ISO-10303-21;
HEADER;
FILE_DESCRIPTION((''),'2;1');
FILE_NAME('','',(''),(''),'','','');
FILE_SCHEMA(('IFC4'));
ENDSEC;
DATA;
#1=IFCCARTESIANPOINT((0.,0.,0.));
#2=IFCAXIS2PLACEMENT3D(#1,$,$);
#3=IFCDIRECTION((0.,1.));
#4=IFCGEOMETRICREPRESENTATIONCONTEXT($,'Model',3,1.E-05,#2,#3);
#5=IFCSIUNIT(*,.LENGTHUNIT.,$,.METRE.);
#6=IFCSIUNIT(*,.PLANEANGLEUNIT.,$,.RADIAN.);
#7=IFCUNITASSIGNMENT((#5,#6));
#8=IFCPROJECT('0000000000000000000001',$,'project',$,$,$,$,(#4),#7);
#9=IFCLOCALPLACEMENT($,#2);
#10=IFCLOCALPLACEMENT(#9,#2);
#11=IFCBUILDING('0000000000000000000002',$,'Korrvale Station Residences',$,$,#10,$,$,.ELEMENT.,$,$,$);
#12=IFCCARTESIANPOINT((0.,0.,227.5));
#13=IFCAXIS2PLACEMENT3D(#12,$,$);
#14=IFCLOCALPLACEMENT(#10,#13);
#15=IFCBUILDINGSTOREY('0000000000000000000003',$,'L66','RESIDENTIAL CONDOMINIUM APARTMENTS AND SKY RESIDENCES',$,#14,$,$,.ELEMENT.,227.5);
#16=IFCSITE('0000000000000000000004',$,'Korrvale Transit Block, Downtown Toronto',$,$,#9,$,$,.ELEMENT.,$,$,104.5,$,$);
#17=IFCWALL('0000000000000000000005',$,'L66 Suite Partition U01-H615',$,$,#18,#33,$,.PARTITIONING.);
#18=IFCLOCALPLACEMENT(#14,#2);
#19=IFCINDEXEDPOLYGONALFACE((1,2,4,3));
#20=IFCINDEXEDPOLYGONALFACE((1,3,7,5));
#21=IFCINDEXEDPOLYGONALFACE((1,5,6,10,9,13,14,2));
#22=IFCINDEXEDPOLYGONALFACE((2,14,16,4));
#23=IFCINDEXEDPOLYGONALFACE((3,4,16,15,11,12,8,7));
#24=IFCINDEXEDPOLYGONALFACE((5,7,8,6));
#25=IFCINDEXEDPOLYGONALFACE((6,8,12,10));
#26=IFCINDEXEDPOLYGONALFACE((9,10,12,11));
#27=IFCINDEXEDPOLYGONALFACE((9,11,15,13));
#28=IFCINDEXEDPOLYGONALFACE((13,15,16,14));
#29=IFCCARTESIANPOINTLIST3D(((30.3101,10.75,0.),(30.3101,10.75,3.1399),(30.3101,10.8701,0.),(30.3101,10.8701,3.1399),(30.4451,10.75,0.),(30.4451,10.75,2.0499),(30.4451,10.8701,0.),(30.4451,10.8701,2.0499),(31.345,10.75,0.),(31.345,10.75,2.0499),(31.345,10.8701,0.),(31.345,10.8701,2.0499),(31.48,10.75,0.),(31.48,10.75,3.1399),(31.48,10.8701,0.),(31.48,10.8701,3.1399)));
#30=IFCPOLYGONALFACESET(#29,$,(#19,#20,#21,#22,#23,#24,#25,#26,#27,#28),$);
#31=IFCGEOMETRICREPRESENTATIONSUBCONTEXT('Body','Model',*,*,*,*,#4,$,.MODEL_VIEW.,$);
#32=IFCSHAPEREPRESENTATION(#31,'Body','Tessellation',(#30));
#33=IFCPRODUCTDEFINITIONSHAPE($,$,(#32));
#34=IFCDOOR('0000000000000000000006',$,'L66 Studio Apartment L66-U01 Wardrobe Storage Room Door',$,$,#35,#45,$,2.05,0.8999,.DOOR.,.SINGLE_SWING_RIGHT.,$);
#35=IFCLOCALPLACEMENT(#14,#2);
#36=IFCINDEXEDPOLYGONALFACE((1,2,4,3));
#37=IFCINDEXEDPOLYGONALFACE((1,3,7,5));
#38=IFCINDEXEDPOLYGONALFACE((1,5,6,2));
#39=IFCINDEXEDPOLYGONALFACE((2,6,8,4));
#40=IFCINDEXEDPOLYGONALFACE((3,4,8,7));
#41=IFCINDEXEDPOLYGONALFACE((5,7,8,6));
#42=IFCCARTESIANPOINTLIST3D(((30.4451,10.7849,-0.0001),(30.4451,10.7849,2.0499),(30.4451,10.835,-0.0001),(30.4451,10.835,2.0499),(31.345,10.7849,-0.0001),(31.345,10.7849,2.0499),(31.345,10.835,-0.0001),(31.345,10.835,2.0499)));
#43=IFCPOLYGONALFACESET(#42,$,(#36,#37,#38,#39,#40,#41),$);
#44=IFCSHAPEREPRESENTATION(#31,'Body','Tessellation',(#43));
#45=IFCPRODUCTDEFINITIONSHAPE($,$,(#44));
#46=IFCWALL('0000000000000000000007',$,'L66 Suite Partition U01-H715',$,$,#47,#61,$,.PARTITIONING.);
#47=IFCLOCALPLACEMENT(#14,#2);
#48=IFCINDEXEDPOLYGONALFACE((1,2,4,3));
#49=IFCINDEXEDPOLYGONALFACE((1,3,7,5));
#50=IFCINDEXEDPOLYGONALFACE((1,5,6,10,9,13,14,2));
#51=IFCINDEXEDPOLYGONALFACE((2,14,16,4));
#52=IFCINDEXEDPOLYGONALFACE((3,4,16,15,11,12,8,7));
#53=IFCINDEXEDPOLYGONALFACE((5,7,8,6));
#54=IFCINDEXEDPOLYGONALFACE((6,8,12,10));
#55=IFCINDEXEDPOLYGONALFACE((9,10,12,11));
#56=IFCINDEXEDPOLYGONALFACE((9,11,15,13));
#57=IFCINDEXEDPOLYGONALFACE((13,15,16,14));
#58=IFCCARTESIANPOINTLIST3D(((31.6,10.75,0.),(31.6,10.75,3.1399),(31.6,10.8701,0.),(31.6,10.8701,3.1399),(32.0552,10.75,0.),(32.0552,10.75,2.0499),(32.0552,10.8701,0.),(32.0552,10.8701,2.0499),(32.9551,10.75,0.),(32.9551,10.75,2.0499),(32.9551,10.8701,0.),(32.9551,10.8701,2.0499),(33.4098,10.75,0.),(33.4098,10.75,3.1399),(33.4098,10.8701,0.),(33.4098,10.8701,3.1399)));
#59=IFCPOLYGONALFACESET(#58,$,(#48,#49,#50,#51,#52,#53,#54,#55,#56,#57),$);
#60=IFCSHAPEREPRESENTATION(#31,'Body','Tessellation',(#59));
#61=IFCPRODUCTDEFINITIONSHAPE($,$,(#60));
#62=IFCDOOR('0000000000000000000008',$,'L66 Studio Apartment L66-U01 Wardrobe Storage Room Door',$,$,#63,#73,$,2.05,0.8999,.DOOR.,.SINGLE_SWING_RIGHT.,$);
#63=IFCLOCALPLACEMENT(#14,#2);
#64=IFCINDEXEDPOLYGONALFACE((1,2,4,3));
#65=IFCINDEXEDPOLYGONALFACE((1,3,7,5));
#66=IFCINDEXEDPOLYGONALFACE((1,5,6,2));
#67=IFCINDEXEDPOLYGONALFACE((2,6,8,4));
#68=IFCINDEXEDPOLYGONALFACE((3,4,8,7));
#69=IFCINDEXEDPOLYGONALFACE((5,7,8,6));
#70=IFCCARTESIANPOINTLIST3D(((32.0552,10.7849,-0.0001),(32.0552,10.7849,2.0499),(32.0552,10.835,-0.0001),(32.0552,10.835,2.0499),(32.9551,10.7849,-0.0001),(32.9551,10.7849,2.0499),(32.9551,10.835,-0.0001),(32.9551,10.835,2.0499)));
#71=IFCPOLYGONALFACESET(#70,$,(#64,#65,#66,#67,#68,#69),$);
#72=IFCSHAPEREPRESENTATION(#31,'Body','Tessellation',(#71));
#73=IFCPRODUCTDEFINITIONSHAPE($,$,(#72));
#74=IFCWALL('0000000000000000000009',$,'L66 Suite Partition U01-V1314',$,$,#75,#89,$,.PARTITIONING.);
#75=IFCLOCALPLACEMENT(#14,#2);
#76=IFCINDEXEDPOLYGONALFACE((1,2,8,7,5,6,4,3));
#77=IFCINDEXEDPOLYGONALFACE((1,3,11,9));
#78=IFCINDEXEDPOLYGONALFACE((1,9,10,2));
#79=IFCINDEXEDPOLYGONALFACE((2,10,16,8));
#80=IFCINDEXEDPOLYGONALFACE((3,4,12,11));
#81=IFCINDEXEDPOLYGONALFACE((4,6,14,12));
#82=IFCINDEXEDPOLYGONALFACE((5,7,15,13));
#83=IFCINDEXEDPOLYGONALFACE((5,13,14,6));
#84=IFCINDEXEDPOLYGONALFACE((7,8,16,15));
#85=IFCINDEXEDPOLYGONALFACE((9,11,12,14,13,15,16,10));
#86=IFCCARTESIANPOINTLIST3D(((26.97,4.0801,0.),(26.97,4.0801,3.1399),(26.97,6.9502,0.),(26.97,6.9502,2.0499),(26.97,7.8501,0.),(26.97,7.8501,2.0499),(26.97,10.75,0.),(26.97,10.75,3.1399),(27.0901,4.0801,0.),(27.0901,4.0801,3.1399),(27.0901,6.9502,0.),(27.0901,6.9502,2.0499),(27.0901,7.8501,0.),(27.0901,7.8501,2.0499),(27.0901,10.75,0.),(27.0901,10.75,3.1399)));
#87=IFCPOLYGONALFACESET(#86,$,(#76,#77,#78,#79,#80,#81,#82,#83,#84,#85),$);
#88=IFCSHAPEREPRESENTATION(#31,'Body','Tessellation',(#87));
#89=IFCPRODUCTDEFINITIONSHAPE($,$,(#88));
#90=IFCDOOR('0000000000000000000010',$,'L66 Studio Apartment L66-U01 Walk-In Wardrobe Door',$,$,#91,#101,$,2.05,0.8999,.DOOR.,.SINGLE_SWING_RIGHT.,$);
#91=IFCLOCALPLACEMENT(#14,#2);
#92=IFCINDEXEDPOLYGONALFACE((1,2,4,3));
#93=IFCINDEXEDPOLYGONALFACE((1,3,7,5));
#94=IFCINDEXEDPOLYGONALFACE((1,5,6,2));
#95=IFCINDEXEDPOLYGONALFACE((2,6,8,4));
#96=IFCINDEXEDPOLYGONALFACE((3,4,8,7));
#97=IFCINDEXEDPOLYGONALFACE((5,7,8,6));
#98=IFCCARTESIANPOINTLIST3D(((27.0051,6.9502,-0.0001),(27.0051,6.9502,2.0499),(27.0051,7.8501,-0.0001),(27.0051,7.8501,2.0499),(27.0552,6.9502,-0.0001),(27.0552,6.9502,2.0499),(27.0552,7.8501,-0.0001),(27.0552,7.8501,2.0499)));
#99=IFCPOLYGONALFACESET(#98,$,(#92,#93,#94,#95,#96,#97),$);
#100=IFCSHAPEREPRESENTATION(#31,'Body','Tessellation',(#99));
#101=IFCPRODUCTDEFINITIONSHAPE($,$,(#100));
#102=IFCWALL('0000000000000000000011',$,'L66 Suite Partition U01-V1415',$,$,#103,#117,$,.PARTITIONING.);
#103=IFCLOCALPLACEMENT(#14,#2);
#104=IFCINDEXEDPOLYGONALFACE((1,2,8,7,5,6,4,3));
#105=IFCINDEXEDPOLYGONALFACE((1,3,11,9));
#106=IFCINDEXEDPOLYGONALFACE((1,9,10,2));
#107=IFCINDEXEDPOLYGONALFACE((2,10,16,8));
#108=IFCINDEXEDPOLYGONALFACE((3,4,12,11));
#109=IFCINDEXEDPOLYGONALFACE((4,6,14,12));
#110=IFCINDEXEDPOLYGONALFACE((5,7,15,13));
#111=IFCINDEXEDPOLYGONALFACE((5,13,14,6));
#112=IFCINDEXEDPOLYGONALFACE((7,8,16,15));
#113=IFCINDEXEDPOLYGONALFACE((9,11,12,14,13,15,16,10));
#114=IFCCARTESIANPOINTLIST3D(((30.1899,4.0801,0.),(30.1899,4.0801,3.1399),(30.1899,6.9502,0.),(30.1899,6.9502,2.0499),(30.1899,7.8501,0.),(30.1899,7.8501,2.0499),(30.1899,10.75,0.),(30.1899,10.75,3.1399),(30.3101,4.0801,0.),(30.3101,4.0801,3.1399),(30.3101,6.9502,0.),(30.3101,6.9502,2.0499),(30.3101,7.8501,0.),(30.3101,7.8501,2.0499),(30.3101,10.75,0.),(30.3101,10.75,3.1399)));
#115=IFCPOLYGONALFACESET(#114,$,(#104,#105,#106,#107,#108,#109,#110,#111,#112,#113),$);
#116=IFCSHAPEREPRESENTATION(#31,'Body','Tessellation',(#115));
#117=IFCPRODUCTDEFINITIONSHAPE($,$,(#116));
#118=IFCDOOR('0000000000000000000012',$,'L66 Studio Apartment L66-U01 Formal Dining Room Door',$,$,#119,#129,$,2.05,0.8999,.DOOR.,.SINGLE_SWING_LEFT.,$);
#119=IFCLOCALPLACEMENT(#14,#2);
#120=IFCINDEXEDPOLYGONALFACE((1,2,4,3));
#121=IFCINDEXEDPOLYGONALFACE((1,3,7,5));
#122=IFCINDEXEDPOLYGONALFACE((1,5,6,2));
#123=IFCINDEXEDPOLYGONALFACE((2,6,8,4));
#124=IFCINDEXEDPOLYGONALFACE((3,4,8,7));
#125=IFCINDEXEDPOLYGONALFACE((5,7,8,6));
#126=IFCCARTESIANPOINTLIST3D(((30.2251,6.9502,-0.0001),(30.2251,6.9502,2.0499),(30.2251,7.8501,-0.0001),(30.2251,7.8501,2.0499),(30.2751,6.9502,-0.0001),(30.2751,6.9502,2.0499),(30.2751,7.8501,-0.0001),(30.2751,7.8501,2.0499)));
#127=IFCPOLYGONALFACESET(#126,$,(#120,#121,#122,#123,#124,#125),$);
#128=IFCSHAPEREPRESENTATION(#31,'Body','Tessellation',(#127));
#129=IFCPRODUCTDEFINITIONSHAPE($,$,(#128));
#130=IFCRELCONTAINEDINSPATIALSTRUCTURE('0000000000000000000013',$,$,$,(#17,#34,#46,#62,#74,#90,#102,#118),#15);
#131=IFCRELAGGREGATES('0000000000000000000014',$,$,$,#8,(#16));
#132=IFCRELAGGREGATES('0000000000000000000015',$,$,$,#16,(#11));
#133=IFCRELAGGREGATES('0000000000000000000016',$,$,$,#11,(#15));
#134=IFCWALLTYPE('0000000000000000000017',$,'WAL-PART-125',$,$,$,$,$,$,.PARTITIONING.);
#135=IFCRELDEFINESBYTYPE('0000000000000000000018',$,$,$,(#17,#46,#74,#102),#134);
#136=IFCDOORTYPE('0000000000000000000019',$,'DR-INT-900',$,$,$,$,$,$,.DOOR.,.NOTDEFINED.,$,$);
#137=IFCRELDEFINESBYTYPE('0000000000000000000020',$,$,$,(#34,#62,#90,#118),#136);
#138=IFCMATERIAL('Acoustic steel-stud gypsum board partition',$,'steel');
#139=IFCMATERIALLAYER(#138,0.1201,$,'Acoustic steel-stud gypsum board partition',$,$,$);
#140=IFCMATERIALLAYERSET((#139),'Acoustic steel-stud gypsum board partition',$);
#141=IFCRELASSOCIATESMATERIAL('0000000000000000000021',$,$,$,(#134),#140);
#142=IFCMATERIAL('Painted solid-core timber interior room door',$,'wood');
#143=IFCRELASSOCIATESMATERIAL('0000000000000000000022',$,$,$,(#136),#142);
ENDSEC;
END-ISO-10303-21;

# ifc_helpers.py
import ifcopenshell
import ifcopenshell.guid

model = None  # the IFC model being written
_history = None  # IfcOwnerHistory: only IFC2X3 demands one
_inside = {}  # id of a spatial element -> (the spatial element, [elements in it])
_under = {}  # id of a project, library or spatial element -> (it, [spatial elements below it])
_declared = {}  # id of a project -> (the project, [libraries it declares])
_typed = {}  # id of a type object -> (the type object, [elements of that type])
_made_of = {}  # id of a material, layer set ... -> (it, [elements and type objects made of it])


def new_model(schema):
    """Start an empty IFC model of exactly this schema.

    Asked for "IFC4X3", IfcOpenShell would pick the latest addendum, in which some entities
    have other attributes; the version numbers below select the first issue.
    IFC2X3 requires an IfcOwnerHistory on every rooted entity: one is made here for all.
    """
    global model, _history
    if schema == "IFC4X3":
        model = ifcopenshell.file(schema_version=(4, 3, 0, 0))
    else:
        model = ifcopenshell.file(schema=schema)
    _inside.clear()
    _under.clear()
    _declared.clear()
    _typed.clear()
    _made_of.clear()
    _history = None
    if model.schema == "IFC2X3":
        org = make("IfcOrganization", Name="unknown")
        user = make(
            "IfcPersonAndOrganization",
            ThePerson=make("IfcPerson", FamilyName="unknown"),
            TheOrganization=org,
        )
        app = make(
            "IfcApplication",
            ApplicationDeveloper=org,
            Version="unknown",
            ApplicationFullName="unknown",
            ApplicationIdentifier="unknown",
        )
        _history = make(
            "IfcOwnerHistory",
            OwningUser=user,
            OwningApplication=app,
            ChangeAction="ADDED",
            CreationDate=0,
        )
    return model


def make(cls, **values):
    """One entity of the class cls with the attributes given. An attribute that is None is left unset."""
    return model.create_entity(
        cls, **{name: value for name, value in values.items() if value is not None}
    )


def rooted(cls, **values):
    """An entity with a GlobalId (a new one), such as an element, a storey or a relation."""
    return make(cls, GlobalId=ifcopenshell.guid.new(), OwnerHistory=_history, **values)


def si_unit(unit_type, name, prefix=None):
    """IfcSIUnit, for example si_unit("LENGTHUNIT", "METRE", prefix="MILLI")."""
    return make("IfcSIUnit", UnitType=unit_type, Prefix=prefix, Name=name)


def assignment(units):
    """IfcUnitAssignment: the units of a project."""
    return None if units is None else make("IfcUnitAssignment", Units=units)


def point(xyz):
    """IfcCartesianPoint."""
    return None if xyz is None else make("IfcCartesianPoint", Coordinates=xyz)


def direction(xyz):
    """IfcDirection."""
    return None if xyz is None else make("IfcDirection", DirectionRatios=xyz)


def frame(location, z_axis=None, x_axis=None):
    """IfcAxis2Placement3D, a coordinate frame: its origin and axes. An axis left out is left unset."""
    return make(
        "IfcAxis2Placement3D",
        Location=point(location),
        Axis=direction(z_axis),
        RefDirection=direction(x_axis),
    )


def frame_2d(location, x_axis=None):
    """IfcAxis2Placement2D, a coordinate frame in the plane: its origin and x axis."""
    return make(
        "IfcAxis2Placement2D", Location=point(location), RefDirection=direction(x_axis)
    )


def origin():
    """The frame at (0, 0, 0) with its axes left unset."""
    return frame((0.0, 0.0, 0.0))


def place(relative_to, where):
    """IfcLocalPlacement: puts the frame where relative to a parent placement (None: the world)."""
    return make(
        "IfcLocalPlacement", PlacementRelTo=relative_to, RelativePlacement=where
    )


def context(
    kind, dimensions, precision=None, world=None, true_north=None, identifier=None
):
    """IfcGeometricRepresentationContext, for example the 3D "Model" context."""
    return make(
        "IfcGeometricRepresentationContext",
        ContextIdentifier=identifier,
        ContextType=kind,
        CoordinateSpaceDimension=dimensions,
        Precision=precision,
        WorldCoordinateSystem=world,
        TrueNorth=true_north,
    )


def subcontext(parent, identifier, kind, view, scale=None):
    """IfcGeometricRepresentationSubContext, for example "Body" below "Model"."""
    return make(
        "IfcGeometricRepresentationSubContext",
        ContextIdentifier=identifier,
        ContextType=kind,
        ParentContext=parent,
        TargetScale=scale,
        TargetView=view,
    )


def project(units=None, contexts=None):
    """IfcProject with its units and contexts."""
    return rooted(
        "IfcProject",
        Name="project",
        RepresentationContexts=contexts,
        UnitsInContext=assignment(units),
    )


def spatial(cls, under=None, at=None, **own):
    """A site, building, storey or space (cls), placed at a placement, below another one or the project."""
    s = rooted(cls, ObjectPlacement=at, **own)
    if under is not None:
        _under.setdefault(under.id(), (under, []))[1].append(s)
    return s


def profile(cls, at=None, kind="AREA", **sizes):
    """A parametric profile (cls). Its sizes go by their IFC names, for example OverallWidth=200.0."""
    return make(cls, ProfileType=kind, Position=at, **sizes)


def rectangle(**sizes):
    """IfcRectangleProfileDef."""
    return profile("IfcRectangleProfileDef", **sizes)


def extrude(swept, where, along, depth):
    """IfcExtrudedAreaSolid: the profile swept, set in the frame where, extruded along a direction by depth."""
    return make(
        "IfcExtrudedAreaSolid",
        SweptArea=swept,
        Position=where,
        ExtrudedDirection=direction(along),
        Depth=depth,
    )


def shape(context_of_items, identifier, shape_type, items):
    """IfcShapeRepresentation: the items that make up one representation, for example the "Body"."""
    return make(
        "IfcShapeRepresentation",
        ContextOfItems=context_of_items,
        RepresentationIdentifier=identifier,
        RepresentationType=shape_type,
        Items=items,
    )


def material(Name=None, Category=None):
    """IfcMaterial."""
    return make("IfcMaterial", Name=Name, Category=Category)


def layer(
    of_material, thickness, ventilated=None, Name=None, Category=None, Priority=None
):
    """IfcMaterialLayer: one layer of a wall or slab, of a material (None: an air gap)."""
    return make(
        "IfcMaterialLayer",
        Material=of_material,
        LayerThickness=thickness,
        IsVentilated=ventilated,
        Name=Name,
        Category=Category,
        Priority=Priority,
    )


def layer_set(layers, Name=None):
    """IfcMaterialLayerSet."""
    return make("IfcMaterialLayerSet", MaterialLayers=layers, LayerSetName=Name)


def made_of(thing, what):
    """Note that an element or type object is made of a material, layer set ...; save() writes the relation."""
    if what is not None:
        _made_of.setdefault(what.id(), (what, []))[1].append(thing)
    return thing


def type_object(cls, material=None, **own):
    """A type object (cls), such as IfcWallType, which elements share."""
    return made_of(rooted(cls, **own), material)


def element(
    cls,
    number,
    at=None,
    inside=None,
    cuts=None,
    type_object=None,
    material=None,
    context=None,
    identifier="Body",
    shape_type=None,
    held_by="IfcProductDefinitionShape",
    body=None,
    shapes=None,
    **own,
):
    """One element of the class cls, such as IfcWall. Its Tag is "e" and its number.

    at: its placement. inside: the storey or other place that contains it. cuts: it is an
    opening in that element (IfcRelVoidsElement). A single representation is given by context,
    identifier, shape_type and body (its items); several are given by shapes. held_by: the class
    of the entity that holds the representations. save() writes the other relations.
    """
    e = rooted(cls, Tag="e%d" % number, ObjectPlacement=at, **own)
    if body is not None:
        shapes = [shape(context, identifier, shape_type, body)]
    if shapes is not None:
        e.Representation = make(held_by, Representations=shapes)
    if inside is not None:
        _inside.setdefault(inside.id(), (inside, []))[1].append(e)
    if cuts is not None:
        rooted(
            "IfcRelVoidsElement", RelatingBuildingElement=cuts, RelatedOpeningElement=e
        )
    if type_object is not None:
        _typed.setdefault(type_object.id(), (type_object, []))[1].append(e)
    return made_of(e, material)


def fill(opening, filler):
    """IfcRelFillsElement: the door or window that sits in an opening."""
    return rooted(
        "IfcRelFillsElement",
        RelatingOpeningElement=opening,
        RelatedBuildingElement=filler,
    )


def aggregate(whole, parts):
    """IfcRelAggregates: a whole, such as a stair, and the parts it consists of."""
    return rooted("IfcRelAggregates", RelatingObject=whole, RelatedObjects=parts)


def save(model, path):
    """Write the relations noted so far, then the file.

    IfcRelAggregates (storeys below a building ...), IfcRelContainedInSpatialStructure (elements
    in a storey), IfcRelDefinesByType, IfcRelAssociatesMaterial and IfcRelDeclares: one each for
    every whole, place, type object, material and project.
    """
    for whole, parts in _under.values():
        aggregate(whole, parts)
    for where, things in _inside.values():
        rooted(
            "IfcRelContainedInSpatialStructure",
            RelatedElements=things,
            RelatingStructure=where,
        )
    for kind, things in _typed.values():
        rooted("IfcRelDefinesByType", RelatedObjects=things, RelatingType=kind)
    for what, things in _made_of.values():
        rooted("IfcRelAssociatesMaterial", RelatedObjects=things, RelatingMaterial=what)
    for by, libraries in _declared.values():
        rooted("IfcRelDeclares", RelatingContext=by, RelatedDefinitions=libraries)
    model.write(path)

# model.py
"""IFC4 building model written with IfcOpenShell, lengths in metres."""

from ifc_helpers import new_model, si_unit, direction, frame, frame_2d, origin, place, context, subcontext, project, spatial, rectangle, extrude, material, layer, layer_set, type_object, element, fill, save


model = new_model("IFC4")

# Units and contexts
model_context = context("Model", 3, precision=1e-05, world=origin(), true_north=direction((0.0, 1.0)))
body_context = subcontext(model_context, "Body", "Model", "MODEL_VIEW")
ifc_project = project(units=[si_unit("LENGTHUNIT", "METRE"), si_unit("PLANEANGLEUNIT", "RADIAN")], contexts=[model_context])

# Site, building, storey
site_placement = place(None, origin())
site = spatial("IfcSite", under=ifc_project, at=site_placement, Name="Korrvale Transit Block, Downtown Toronto", CompositionType="ELEMENT", RefElevation=104.5)
building_placement = place(site_placement, origin())
building = spatial("IfcBuilding", under=site, at=building_placement, Name="Korrvale Station Residences", CompositionType="ELEMENT")
storey_placement = place(building_placement, frame((0.0, 0.0, 227.5)))
storey = spatial("IfcBuildingStorey", under=building, at=storey_placement, Name="L66", Description="RESIDENTIAL CONDOMINIUM APARTMENTS AND SKY RESIDENCES", CompositionType="ELEMENT", Elevation=227.5)

# Shared definitions
ifc_material_1 = material(Name="Acoustic steel-stud gypsum board partition", Category="steel")
ifc_layer_1 = layer(ifc_material_1, 0.1201, Name="Acoustic steel-stud gypsum board partition")
ifc_layer_set_1 = layer_set([ifc_layer_1], Name="Acoustic steel-stud gypsum board partition")
wall_type_1 = type_object("IfcWallType", Name="WAL-PART-125", PredefinedType="PARTITIONING", material=ifc_layer_set_1)
ifc_material_2 = material(Name="Painted solid-core timber interior room door", Category="wood")
door_type = type_object("IfcDoorType", Name="DR-INT-900", OperationType="NOTDEFINED", PredefinedType="DOOR", material=ifc_material_2)

# Walls, openings, doors
wall_1_placement = place(storey_placement, frame((30.3101, 10.8101, 0.0), z_axis=(0.0, 0.0, 1.0), x_axis=(1.0, 0.0, 0.0)))
wall_1 = element("IfcWall", 1, at=wall_1_placement, inside=storey, type_object=wall_type_1, Name="L66 Suite Partition U01-H615", PredefinedType="PARTITIONING", context=body_context, shape_type="SweptSolid", body=[
    extrude(rectangle(XDim=1.1699, YDim=0.1201, at=frame_2d((0.585, 0.0))), origin(), (0.0, 0.0, 1.0), 3.1399),
])
opening_1_placement = place(wall_1_placement, frame((0.135, 0.0, 0.0)))
opening_1 = element("IfcOpeningElement", 2, at=opening_1_placement, cuts=wall_1, PredefinedType="OPENING", context=body_context, shape_type="SweptSolid", body=[
    extrude(rectangle(XDim=0.8999, YDim=2.05, at=frame_2d((0.45, 1.0249))), frame((0.0, 0.0701, 0.0), z_axis=(0.0, -1.0, 0.0), x_axis=(1.0, 0.0, 0.0)), (0.0, 0.0, 1.0), 0.1401),
])
door_1_placement = place(opening_1_placement, origin())
door_1 = element("IfcDoor", 3, at=door_1_placement, inside=storey, type_object=door_type, Name="L66 Studio Apartment L66-U01 Wardrobe Storage Room Door", OperationType="SINGLE_SWING_RIGHT", OverallHeight=2.05, OverallWidth=0.8999, PredefinedType="DOOR", context=body_context, shape_type="SweptSolid", body=[
    extrude(rectangle(XDim=0.8999, YDim=2.05, at=frame_2d((0.45, 1.0249))), frame((0.0, 0.0249, 0.0), z_axis=(0.0, -1.0, 0.0), x_axis=(1.0, 0.0, 0.0)), (0.0, 0.0, 1.0), 0.05),
])
fill(opening_1, door_1)
wall_2_placement = place(storey_placement, frame((31.6001, 10.8101, 0.0), z_axis=(0.0, 0.0, 1.0), x_axis=(1.0, 0.0, 0.0)))
wall_2 = element("IfcWall", 4, at=wall_2_placement, inside=storey, type_object=wall_type_1, Name="L66 Suite Partition U01-H715", PredefinedType="PARTITIONING", context=body_context, shape_type="SweptSolid", body=[
    extrude(rectangle(XDim=1.8098, YDim=0.1201, at=frame_2d((0.9048, 0.0))), origin(), (0.0, 0.0, 1.0), 3.1399),
])
opening_2_placement = place(wall_2_placement, frame((0.4551, 0.0, 0.0)))
opening_2 = element("IfcOpeningElement", 5, at=opening_2_placement, cuts=wall_2, PredefinedType="OPENING", context=body_context, shape_type="SweptSolid", body=[
    extrude(rectangle(XDim=0.8999, YDim=2.05, at=frame_2d((0.45, 1.0249))), frame((0.0, 0.0701, 0.0), z_axis=(0.0, -1.0, 0.0), x_axis=(1.0, 0.0, 0.0)), (0.0, 0.0, 1.0), 0.1401),
])
door_2_placement = place(opening_2_placement, origin())
door_2 = element("IfcDoor", 6, at=door_2_placement, inside=storey, type_object=door_type, Name="L66 Studio Apartment L66-U01 Wardrobe Storage Room Door", OperationType="SINGLE_SWING_RIGHT", OverallHeight=2.05, OverallWidth=0.8999, PredefinedType="DOOR", context=body_context, shape_type="SweptSolid", body=[
    extrude(rectangle(XDim=0.8999, YDim=2.05, at=frame_2d((0.45, 1.0249))), frame((0.0, 0.0249, 0.0), z_axis=(0.0, -1.0, 0.0), x_axis=(1.0, 0.0, 0.0)), (0.0, 0.0, 1.0), 0.05),
])
fill(opening_2, door_2)
wall_3_placement = place(storey_placement, frame((27.03, 4.0801, 0.0), z_axis=(0.0, 0.0, 1.0), x_axis=(0.0, 1.0, 0.0)))
wall_3 = element("IfcWall", 7, at=wall_3_placement, inside=storey, type_object=wall_type_1, Name="L66 Suite Partition U01-V1314", PredefinedType="PARTITIONING", context=body_context, shape_type="SweptSolid", body=[
    extrude(rectangle(XDim=6.6699, YDim=0.1201, at=frame_2d((3.335, 0.0))), origin(), (0.0, 0.0, 1.0), 3.1399),
])
opening_3_placement = place(wall_3_placement, frame((2.8701, 0.0, 0.0)))
opening_3 = element("IfcOpeningElement", 8, at=opening_3_placement, cuts=wall_3, PredefinedType="OPENING", context=body_context, shape_type="SweptSolid", body=[
    extrude(rectangle(XDim=0.8999, YDim=2.05, at=frame_2d((0.45, 1.0249))), frame((0.0, 0.0701, 0.0), z_axis=(0.0, -1.0, 0.0), x_axis=(1.0, 0.0, 0.0)), (0.0, 0.0, 1.0), 0.1401),
])
door_3_placement = place(opening_3_placement, origin())
door_3 = element("IfcDoor", 9, at=door_3_placement, inside=storey, type_object=door_type, Name="L66 Studio Apartment L66-U01 Walk-In Wardrobe Door", OperationType="SINGLE_SWING_RIGHT", OverallHeight=2.05, OverallWidth=0.8999, PredefinedType="DOOR", context=body_context, shape_type="SweptSolid", body=[
    extrude(rectangle(XDim=0.8999, YDim=2.05, at=frame_2d((0.45, 1.0249))), frame((0.0, 0.0249, 0.0), z_axis=(0.0, -1.0, 0.0), x_axis=(1.0, 0.0, 0.0)), (0.0, 0.0, 1.0), 0.05),
])
fill(opening_3, door_3)
wall_4_placement = place(storey_placement, frame((30.25, 4.0801, 0.0), z_axis=(0.0, 0.0, 1.0), x_axis=(0.0, 1.0, 0.0)))
wall_4 = element("IfcWall", 10, at=wall_4_placement, inside=storey, type_object=wall_type_1, Name="L66 Suite Partition U01-V1415", PredefinedType="PARTITIONING", context=body_context, shape_type="SweptSolid", body=[
    extrude(rectangle(XDim=6.6699, YDim=0.1201, at=frame_2d((3.335, 0.0))), origin(), (0.0, 0.0, 1.0), 3.1399),
])
opening_4_placement = place(wall_4_placement, frame((2.8701, 0.0, 0.0)))
opening_4 = element("IfcOpeningElement", 11, at=opening_4_placement, cuts=wall_4, PredefinedType="OPENING", context=body_context, shape_type="SweptSolid", body=[
    extrude(rectangle(XDim=0.8999, YDim=2.05, at=frame_2d((0.45, 1.0249))), frame((0.0, 0.0701, 0.0), z_axis=(0.0, -1.0, 0.0), x_axis=(1.0, 0.0, 0.0)), (0.0, 0.0, 1.0), 0.1401),
])
door_4_placement = place(opening_4_placement, origin())
door_4 = element("IfcDoor", 12, at=door_4_placement, inside=storey, type_object=door_type, Name="L66 Studio Apartment L66-U01 Formal Dining Room Door", OperationType="SINGLE_SWING_LEFT", OverallHeight=2.05, OverallWidth=0.8999, PredefinedType="DOOR", context=body_context, shape_type="SweptSolid", body=[
    extrude(rectangle(XDim=0.8999, YDim=2.05, at=frame_2d((0.45, 1.0249))), frame((0.0, 0.0249, 0.0), z_axis=(0.0, -1.0, 0.0), x_axis=(1.0, 0.0, 0.0)), (0.0, 0.0, 1.0), 0.05),
])
fill(opening_4, door_4)

save(model, "model.ifc")
